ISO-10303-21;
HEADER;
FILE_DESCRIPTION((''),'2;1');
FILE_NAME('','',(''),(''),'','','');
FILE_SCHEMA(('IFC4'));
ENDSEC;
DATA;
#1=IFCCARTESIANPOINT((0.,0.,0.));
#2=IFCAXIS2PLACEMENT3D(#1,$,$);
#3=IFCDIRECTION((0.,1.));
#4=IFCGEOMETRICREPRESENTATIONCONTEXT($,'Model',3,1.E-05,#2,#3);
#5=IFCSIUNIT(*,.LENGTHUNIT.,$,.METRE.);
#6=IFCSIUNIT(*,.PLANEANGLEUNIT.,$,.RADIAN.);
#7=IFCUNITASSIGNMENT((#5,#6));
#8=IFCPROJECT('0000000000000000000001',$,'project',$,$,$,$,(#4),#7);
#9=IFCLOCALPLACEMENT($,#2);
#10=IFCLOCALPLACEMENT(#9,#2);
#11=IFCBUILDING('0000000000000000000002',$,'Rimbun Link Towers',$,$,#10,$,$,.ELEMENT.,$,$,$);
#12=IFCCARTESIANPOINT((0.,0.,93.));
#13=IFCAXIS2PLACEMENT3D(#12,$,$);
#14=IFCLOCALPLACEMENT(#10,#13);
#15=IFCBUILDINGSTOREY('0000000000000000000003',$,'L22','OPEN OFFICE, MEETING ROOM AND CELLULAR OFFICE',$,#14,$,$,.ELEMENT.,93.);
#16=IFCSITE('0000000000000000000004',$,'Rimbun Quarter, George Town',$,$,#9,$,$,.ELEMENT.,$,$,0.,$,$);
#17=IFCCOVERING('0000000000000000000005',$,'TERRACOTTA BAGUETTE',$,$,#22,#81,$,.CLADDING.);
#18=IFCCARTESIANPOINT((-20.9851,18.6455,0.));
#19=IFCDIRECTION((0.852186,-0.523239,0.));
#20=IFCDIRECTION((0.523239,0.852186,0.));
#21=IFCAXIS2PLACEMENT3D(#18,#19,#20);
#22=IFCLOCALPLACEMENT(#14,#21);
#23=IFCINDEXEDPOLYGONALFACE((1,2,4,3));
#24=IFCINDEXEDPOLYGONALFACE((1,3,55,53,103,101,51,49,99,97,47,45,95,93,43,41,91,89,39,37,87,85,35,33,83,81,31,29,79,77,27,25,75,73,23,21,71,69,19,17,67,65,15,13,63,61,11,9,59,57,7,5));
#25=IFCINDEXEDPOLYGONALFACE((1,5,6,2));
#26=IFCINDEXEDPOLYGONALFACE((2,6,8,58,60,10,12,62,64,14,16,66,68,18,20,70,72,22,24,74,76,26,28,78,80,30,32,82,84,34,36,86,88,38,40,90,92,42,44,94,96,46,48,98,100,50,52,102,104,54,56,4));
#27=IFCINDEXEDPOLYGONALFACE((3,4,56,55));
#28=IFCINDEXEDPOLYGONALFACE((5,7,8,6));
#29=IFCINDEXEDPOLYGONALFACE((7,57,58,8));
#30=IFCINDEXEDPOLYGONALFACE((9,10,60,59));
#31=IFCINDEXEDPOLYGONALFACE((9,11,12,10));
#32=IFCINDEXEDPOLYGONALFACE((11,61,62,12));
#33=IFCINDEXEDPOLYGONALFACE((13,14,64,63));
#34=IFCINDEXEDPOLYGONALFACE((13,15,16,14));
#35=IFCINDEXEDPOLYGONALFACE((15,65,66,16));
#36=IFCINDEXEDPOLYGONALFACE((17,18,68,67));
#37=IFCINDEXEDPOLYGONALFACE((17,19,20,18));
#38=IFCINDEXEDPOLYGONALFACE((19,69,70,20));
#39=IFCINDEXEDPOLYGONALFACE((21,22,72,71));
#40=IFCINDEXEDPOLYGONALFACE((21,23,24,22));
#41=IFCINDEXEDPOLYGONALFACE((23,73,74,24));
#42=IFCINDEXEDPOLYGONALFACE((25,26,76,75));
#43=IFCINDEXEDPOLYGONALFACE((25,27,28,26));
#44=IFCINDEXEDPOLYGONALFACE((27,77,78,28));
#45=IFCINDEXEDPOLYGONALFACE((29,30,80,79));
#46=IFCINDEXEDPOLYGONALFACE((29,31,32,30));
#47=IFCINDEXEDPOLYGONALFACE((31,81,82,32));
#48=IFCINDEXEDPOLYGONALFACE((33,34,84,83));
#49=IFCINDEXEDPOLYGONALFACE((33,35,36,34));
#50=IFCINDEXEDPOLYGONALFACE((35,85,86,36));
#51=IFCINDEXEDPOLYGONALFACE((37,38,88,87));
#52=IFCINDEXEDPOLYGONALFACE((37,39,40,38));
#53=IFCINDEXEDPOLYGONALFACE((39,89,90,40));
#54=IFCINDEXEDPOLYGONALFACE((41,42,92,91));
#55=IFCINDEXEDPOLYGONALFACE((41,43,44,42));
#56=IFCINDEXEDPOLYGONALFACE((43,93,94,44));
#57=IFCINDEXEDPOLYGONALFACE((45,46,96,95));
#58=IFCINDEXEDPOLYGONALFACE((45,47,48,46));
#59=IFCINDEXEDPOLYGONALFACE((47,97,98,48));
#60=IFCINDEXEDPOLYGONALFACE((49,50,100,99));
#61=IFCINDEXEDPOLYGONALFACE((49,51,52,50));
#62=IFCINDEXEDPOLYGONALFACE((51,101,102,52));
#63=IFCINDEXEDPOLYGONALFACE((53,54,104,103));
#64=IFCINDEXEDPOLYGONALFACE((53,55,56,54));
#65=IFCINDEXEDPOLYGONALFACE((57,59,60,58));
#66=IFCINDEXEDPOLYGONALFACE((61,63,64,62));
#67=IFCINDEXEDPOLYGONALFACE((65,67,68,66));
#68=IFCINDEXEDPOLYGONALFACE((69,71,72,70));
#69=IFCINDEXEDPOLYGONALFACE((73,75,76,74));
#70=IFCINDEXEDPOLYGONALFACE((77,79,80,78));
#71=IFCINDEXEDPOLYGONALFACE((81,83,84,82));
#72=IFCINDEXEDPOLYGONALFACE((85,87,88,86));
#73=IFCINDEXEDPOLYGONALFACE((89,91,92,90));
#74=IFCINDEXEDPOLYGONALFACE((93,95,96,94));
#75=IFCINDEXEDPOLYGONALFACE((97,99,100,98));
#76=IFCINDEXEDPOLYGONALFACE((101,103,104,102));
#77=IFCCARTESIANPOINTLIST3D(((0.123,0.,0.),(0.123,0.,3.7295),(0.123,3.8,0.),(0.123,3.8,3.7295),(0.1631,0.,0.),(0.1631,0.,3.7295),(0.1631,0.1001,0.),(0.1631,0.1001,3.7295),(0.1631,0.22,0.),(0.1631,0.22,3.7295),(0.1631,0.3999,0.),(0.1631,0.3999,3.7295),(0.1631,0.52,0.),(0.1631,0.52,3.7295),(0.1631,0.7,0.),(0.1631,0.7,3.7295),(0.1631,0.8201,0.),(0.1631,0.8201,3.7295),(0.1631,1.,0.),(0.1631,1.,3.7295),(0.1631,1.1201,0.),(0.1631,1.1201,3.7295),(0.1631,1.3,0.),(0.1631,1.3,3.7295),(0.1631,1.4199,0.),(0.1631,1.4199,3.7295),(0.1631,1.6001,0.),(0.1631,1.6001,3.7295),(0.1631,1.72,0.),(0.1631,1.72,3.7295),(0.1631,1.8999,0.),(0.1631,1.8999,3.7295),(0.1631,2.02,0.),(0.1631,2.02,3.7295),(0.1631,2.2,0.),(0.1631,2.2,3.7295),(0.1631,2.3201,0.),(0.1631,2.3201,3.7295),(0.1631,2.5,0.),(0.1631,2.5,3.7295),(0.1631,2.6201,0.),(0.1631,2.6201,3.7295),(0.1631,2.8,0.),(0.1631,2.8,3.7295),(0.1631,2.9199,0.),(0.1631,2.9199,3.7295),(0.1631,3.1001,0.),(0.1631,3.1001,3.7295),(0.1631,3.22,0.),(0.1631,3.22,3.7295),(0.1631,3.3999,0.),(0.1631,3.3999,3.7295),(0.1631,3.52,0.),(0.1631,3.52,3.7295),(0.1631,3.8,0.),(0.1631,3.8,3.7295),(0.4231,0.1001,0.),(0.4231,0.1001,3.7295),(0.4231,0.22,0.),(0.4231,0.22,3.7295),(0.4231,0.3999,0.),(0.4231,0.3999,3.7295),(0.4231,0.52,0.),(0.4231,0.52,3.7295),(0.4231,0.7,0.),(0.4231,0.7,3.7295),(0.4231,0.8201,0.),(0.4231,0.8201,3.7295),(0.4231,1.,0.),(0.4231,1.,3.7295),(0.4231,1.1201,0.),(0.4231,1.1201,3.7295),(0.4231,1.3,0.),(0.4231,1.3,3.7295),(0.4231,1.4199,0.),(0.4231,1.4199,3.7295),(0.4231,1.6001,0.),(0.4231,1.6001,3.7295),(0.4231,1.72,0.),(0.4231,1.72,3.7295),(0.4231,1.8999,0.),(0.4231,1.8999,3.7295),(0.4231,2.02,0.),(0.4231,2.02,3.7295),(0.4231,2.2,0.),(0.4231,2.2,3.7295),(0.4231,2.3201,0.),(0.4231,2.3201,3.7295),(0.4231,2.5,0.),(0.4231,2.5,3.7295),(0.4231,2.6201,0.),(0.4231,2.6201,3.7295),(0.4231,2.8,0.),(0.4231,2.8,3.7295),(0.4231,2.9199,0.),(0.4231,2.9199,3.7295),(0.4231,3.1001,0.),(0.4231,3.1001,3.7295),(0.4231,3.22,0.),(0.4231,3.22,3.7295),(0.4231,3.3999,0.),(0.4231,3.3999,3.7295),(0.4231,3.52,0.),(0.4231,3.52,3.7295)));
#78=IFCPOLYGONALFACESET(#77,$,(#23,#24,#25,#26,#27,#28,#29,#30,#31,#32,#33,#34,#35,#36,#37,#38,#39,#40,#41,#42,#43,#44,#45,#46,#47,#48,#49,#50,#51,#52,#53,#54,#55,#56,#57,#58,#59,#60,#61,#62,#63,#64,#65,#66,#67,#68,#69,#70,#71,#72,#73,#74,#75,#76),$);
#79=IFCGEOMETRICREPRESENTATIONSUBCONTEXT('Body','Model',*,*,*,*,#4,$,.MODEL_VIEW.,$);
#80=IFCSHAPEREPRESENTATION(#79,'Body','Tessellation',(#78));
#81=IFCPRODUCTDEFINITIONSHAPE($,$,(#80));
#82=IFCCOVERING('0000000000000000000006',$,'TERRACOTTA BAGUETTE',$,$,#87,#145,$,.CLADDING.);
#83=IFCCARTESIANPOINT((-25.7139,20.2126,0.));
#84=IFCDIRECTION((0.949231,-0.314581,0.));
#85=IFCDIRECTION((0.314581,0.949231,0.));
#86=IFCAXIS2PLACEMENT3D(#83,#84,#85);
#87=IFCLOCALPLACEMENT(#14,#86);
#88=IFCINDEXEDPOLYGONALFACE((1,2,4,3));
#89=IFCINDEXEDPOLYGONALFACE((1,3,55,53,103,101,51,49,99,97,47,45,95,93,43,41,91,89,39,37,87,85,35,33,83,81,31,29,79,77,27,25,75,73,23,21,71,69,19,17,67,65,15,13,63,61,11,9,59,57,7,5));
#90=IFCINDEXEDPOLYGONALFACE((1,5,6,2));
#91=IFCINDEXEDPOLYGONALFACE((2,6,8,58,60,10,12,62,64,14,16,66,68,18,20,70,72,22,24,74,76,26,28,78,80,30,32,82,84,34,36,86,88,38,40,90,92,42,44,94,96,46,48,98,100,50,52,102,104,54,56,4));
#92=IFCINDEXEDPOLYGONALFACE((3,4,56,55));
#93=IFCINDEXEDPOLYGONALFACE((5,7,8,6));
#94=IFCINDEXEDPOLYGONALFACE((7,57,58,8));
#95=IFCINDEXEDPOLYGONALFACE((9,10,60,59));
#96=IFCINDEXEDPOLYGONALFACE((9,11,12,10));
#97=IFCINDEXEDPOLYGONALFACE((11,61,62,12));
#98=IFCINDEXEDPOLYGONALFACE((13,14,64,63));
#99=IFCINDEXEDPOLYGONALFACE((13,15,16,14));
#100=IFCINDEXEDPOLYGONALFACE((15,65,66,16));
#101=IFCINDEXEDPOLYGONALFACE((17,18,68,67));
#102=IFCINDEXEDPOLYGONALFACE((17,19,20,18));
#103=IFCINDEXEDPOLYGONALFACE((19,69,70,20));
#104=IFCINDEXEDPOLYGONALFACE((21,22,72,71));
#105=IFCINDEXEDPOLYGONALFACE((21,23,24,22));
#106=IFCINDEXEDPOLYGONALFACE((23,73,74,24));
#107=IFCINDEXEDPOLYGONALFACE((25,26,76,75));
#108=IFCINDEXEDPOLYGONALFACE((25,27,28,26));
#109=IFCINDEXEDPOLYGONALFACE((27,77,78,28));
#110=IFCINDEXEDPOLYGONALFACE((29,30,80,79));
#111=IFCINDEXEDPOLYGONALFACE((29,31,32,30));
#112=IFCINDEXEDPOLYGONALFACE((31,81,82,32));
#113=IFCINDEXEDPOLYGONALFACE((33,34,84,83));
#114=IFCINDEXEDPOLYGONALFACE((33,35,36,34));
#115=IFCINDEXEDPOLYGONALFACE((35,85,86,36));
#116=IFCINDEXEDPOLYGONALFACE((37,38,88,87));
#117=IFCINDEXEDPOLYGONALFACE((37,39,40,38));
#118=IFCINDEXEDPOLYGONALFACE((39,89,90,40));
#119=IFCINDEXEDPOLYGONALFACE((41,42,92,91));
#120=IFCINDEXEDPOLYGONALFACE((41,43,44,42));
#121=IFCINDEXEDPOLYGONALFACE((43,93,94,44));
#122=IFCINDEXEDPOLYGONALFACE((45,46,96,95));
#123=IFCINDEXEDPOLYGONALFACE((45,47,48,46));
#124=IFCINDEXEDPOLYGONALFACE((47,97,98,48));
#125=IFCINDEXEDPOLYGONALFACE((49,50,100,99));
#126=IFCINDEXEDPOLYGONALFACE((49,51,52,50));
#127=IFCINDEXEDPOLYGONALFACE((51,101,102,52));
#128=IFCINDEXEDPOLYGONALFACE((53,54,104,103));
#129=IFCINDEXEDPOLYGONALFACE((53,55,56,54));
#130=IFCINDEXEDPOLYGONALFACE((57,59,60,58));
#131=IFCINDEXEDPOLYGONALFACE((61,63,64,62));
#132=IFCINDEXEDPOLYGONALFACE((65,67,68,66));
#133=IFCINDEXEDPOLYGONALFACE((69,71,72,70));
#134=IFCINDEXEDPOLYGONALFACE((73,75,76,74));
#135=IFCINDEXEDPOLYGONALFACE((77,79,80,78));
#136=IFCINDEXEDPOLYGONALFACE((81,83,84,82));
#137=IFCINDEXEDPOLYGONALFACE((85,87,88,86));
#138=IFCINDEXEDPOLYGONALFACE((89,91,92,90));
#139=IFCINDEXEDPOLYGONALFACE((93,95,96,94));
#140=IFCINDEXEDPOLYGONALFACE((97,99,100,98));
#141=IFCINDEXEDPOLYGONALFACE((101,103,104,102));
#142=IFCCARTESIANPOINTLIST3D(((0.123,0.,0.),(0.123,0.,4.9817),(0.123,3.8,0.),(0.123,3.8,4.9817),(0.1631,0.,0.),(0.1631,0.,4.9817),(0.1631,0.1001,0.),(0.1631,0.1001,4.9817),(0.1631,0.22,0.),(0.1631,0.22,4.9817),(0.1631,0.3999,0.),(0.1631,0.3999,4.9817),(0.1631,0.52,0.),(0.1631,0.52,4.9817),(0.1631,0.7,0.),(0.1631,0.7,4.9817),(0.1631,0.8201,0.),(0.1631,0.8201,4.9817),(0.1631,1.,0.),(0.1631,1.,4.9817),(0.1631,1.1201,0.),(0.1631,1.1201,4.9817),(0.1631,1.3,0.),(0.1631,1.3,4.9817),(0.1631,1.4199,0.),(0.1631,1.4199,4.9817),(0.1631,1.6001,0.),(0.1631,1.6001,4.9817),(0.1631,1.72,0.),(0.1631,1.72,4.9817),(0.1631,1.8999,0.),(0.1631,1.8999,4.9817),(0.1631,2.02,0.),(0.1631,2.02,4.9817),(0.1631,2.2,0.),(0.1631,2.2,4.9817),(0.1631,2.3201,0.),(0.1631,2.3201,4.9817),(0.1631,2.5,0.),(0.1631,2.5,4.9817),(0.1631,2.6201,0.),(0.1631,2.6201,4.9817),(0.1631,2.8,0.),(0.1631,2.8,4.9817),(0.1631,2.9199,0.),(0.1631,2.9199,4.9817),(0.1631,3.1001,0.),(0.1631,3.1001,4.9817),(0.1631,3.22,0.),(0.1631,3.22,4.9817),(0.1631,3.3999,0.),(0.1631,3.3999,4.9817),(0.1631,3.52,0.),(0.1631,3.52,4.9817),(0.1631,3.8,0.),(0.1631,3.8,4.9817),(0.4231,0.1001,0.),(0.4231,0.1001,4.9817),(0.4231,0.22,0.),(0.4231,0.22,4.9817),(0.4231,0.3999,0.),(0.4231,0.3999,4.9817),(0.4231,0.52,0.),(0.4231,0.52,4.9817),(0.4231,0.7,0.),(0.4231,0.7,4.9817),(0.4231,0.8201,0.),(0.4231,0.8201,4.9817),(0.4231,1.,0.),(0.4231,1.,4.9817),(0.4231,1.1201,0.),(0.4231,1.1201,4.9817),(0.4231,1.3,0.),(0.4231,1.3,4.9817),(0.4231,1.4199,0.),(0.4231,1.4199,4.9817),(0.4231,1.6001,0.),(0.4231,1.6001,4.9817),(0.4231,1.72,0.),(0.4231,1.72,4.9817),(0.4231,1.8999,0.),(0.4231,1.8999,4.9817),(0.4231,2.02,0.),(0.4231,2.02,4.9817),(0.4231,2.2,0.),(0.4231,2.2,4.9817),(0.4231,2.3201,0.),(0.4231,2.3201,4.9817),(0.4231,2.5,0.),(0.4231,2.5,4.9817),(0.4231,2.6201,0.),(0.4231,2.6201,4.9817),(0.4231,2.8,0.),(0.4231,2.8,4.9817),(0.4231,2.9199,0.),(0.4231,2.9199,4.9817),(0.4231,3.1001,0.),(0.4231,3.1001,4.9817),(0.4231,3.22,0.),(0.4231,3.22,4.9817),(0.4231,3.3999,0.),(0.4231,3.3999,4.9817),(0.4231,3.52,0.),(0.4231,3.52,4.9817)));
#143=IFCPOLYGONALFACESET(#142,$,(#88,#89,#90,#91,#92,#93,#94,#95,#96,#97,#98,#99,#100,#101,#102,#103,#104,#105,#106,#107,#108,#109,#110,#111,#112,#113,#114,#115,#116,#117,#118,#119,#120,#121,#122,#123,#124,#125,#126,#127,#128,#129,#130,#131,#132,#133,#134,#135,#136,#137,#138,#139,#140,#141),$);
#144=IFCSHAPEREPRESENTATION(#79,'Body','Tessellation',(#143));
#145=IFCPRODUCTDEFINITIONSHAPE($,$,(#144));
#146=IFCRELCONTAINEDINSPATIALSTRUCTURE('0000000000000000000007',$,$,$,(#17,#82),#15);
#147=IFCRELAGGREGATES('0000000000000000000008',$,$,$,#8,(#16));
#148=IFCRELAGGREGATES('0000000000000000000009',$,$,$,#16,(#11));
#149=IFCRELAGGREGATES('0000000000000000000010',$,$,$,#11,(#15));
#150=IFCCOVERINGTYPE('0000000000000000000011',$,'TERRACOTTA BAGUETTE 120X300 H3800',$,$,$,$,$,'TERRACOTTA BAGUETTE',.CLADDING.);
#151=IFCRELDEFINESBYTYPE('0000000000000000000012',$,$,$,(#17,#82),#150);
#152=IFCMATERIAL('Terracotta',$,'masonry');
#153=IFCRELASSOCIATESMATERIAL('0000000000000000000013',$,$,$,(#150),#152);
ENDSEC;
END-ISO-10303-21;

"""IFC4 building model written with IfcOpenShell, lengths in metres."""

from ifc_helpers import new_model, si_unit, direction, frame, origin, place, context, subcontext, project, spatial, polyline, outline, extrude, material, material_profile, profile_set, type_object, element, save


model = new_model("IFC4")

# Units and contexts
model_context = context("Model", 3, precision=1e-05, world=origin(), true_north=direction((0.0, 1.0)))
body_context = subcontext(model_context, "Body", "Model", "MODEL_VIEW")
ifc_project = project(units=[si_unit("LENGTHUNIT", "METRE"), si_unit("PLANEANGLEUNIT", "RADIAN")], contexts=[model_context])

# Site, building, storey
site_placement = place(None, origin())
site = spatial("IfcSite", under=ifc_project, at=site_placement, Name="Rimbun Quarter, George Town", CompositionType="ELEMENT", RefElevation=0.0)
building_placement = place(site_placement, origin())
building = spatial("IfcBuilding", under=site, at=building_placement, Name="Rimbun Link Towers", CompositionType="ELEMENT")
storey_placement = place(building_placement, frame((0.0, 0.0, 93.0)))
storey = spatial("IfcBuildingStorey", under=building, at=storey_placement, Name="L22", Description="OPEN OFFICE, MEETING ROOM AND CELLULAR OFFICE", CompositionType="ELEMENT", Elevation=93.0)

# Coverings
ifc_material_1 = material(Name="Terracotta", Category="masonry")
ifc_material_profile_1 = material_profile(ifc_material_1, outline(polyline([(0.123, 0.0), (0.1631, 0.0), (0.1631, 0.1001), (0.4231, 0.1001), (0.4231, 0.22), (0.1631, 0.22), (0.1631, 0.3999), (0.4231, 0.3999), (0.4231, 0.52), (0.1631, 0.52), (0.1631, 0.7), (0.4231, 0.7), (0.4231, 0.8201), (0.1631, 0.8201), (0.1631, 1.0), (0.4231, 1.0), (0.4231, 1.1201), (0.1631, 1.1201), (0.1631, 1.3), (0.4231, 1.3), (0.4231, 1.4199), (0.1631, 1.4199), (0.1631, 1.6001), (0.4231, 1.6001), (0.4231, 1.72), (0.1631, 1.72), (0.1631, 1.8999), (0.4231, 1.8999), (0.4231, 2.02), (0.1631, 2.02), (0.1631, 2.2), (0.4231, 2.2), (0.4231, 2.3201), (0.1631, 2.3201), (0.1631, 2.5), (0.4231, 2.5), (0.4231, 2.6201), (0.1631, 2.6201), (0.1631, 2.8), (0.4231, 2.8), (0.4231, 2.9199), (0.1631, 2.9199), (0.1631, 3.1001), (0.4231, 3.1001), (0.4231, 3.22), (0.1631, 3.22), (0.1631, 3.3999), (0.4231, 3.3999), (0.4231, 3.52), (0.1631, 3.52), (0.1631, 3.8), (0.123, 3.8), (0.123, 0.0)])), Name="BAGUETTE 120X300")
ifc_profile_set_1 = profile_set([ifc_material_profile_1], Name="Terracotta")
covering_type = type_object("IfcCoveringType", Name="TERRACOTTA BAGUETTE 120X300 H3800", ElementType="TERRACOTTA BAGUETTE", PredefinedType="CLADDING", material=ifc_profile_set_1)
covering_1_placement = place(storey_placement, frame((-20.9851, 18.6455, 0.0), z_axis=(0.852186, -0.523239, 0.0), x_axis=(0.523239, 0.852186, 0.0)))
element("IfcCovering", 1, at=covering_1_placement, inside=storey, type_object=covering_type, Name="TERRACOTTA BAGUETTE", PredefinedType="CLADDING", context=body_context, shape_type="SweptSolid", body=[
    extrude(outline(polyline([(0.123, 0.0), (0.1631, 0.0), (0.1631, 0.1001), (0.4231, 0.1001), (0.4231, 0.22), (0.1631, 0.22), (0.1631, 0.3999), (0.4231, 0.3999), (0.4231, 0.52), (0.1631, 0.52), (0.1631, 0.7), (0.4231, 0.7), (0.4231, 0.8201), (0.1631, 0.8201), (0.1631, 1.0), (0.4231, 1.0), (0.4231, 1.1201), (0.1631, 1.1201), (0.1631, 1.3), (0.4231, 1.3), (0.4231, 1.4199), (0.1631, 1.4199), (0.1631, 1.6001), (0.4231, 1.6001), (0.4231, 1.72), (0.1631, 1.72), (0.1631, 1.8999), (0.4231, 1.8999), (0.4231, 2.02), (0.1631, 2.02), (0.1631, 2.2), (0.4231, 2.2), (0.4231, 2.3201), (0.1631, 2.3201), (0.1631, 2.5), (0.4231, 2.5), (0.4231, 2.6201), (0.1631, 2.6201), (0.1631, 2.8), (0.4231, 2.8), (0.4231, 2.9199), (0.1631, 2.9199), (0.1631, 3.1001), (0.4231, 3.1001), (0.4231, 3.22), (0.1631, 3.22), (0.1631, 3.3999), (0.4231, 3.3999), (0.4231, 3.52), (0.1631, 3.52), (0.1631, 3.8), (0.123, 3.8), (0.123, 0.0)])), origin(), (0.0, 0.0, 1.0), 3.7295),
])
covering_2_placement = place(storey_placement, frame((-25.7139, 20.2126, 0.0), z_axis=(0.949231, -0.314581, 0.0), x_axis=(0.314581, 0.949231, 0.0)))
element("IfcCovering", 2, at=covering_2_placement, inside=storey, type_object=covering_type, Name="TERRACOTTA BAGUETTE", PredefinedType="CLADDING", context=body_context, shape_type="SweptSolid", body=[
    extrude(outline(polyline([(0.123, 0.0), (0.1631, 0.0), (0.1631, 0.1001), (0.4231, 0.1001), (0.4231, 0.22), (0.1631, 0.22), (0.1631, 0.3999), (0.4231, 0.3999), (0.4231, 0.52), (0.1631, 0.52), (0.1631, 0.7), (0.4231, 0.7), (0.4231, 0.8201), (0.1631, 0.8201), (0.1631, 1.0), (0.4231, 1.0), (0.4231, 1.1201), (0.1631, 1.1201), (0.1631, 1.3), (0.4231, 1.3), (0.4231, 1.4199), (0.1631, 1.4199), (0.1631, 1.6001), (0.4231, 1.6001), (0.4231, 1.72), (0.1631, 1.72), (0.1631, 1.8999), (0.4231, 1.8999), (0.4231, 2.02), (0.1631, 2.02), (0.1631, 2.2), (0.4231, 2.2), (0.4231, 2.3201), (0.1631, 2.3201), (0.1631, 2.5), (0.4231, 2.5), (0.4231, 2.6201), (0.1631, 2.6201), (0.1631, 2.8), (0.4231, 2.8), (0.4231, 2.9199), (0.1631, 2.9199), (0.1631, 3.1001), (0.4231, 3.1001), (0.4231, 3.22), (0.1631, 3.22), (0.1631, 3.3999), (0.4231, 3.3999), (0.4231, 3.52), (0.1631, 3.52), (0.1631, 3.8), (0.123, 3.8), (0.123, 0.0)])), origin(), (0.0, 0.0, 1.0), 4.9817),
])

save(model, "model.ifc")
